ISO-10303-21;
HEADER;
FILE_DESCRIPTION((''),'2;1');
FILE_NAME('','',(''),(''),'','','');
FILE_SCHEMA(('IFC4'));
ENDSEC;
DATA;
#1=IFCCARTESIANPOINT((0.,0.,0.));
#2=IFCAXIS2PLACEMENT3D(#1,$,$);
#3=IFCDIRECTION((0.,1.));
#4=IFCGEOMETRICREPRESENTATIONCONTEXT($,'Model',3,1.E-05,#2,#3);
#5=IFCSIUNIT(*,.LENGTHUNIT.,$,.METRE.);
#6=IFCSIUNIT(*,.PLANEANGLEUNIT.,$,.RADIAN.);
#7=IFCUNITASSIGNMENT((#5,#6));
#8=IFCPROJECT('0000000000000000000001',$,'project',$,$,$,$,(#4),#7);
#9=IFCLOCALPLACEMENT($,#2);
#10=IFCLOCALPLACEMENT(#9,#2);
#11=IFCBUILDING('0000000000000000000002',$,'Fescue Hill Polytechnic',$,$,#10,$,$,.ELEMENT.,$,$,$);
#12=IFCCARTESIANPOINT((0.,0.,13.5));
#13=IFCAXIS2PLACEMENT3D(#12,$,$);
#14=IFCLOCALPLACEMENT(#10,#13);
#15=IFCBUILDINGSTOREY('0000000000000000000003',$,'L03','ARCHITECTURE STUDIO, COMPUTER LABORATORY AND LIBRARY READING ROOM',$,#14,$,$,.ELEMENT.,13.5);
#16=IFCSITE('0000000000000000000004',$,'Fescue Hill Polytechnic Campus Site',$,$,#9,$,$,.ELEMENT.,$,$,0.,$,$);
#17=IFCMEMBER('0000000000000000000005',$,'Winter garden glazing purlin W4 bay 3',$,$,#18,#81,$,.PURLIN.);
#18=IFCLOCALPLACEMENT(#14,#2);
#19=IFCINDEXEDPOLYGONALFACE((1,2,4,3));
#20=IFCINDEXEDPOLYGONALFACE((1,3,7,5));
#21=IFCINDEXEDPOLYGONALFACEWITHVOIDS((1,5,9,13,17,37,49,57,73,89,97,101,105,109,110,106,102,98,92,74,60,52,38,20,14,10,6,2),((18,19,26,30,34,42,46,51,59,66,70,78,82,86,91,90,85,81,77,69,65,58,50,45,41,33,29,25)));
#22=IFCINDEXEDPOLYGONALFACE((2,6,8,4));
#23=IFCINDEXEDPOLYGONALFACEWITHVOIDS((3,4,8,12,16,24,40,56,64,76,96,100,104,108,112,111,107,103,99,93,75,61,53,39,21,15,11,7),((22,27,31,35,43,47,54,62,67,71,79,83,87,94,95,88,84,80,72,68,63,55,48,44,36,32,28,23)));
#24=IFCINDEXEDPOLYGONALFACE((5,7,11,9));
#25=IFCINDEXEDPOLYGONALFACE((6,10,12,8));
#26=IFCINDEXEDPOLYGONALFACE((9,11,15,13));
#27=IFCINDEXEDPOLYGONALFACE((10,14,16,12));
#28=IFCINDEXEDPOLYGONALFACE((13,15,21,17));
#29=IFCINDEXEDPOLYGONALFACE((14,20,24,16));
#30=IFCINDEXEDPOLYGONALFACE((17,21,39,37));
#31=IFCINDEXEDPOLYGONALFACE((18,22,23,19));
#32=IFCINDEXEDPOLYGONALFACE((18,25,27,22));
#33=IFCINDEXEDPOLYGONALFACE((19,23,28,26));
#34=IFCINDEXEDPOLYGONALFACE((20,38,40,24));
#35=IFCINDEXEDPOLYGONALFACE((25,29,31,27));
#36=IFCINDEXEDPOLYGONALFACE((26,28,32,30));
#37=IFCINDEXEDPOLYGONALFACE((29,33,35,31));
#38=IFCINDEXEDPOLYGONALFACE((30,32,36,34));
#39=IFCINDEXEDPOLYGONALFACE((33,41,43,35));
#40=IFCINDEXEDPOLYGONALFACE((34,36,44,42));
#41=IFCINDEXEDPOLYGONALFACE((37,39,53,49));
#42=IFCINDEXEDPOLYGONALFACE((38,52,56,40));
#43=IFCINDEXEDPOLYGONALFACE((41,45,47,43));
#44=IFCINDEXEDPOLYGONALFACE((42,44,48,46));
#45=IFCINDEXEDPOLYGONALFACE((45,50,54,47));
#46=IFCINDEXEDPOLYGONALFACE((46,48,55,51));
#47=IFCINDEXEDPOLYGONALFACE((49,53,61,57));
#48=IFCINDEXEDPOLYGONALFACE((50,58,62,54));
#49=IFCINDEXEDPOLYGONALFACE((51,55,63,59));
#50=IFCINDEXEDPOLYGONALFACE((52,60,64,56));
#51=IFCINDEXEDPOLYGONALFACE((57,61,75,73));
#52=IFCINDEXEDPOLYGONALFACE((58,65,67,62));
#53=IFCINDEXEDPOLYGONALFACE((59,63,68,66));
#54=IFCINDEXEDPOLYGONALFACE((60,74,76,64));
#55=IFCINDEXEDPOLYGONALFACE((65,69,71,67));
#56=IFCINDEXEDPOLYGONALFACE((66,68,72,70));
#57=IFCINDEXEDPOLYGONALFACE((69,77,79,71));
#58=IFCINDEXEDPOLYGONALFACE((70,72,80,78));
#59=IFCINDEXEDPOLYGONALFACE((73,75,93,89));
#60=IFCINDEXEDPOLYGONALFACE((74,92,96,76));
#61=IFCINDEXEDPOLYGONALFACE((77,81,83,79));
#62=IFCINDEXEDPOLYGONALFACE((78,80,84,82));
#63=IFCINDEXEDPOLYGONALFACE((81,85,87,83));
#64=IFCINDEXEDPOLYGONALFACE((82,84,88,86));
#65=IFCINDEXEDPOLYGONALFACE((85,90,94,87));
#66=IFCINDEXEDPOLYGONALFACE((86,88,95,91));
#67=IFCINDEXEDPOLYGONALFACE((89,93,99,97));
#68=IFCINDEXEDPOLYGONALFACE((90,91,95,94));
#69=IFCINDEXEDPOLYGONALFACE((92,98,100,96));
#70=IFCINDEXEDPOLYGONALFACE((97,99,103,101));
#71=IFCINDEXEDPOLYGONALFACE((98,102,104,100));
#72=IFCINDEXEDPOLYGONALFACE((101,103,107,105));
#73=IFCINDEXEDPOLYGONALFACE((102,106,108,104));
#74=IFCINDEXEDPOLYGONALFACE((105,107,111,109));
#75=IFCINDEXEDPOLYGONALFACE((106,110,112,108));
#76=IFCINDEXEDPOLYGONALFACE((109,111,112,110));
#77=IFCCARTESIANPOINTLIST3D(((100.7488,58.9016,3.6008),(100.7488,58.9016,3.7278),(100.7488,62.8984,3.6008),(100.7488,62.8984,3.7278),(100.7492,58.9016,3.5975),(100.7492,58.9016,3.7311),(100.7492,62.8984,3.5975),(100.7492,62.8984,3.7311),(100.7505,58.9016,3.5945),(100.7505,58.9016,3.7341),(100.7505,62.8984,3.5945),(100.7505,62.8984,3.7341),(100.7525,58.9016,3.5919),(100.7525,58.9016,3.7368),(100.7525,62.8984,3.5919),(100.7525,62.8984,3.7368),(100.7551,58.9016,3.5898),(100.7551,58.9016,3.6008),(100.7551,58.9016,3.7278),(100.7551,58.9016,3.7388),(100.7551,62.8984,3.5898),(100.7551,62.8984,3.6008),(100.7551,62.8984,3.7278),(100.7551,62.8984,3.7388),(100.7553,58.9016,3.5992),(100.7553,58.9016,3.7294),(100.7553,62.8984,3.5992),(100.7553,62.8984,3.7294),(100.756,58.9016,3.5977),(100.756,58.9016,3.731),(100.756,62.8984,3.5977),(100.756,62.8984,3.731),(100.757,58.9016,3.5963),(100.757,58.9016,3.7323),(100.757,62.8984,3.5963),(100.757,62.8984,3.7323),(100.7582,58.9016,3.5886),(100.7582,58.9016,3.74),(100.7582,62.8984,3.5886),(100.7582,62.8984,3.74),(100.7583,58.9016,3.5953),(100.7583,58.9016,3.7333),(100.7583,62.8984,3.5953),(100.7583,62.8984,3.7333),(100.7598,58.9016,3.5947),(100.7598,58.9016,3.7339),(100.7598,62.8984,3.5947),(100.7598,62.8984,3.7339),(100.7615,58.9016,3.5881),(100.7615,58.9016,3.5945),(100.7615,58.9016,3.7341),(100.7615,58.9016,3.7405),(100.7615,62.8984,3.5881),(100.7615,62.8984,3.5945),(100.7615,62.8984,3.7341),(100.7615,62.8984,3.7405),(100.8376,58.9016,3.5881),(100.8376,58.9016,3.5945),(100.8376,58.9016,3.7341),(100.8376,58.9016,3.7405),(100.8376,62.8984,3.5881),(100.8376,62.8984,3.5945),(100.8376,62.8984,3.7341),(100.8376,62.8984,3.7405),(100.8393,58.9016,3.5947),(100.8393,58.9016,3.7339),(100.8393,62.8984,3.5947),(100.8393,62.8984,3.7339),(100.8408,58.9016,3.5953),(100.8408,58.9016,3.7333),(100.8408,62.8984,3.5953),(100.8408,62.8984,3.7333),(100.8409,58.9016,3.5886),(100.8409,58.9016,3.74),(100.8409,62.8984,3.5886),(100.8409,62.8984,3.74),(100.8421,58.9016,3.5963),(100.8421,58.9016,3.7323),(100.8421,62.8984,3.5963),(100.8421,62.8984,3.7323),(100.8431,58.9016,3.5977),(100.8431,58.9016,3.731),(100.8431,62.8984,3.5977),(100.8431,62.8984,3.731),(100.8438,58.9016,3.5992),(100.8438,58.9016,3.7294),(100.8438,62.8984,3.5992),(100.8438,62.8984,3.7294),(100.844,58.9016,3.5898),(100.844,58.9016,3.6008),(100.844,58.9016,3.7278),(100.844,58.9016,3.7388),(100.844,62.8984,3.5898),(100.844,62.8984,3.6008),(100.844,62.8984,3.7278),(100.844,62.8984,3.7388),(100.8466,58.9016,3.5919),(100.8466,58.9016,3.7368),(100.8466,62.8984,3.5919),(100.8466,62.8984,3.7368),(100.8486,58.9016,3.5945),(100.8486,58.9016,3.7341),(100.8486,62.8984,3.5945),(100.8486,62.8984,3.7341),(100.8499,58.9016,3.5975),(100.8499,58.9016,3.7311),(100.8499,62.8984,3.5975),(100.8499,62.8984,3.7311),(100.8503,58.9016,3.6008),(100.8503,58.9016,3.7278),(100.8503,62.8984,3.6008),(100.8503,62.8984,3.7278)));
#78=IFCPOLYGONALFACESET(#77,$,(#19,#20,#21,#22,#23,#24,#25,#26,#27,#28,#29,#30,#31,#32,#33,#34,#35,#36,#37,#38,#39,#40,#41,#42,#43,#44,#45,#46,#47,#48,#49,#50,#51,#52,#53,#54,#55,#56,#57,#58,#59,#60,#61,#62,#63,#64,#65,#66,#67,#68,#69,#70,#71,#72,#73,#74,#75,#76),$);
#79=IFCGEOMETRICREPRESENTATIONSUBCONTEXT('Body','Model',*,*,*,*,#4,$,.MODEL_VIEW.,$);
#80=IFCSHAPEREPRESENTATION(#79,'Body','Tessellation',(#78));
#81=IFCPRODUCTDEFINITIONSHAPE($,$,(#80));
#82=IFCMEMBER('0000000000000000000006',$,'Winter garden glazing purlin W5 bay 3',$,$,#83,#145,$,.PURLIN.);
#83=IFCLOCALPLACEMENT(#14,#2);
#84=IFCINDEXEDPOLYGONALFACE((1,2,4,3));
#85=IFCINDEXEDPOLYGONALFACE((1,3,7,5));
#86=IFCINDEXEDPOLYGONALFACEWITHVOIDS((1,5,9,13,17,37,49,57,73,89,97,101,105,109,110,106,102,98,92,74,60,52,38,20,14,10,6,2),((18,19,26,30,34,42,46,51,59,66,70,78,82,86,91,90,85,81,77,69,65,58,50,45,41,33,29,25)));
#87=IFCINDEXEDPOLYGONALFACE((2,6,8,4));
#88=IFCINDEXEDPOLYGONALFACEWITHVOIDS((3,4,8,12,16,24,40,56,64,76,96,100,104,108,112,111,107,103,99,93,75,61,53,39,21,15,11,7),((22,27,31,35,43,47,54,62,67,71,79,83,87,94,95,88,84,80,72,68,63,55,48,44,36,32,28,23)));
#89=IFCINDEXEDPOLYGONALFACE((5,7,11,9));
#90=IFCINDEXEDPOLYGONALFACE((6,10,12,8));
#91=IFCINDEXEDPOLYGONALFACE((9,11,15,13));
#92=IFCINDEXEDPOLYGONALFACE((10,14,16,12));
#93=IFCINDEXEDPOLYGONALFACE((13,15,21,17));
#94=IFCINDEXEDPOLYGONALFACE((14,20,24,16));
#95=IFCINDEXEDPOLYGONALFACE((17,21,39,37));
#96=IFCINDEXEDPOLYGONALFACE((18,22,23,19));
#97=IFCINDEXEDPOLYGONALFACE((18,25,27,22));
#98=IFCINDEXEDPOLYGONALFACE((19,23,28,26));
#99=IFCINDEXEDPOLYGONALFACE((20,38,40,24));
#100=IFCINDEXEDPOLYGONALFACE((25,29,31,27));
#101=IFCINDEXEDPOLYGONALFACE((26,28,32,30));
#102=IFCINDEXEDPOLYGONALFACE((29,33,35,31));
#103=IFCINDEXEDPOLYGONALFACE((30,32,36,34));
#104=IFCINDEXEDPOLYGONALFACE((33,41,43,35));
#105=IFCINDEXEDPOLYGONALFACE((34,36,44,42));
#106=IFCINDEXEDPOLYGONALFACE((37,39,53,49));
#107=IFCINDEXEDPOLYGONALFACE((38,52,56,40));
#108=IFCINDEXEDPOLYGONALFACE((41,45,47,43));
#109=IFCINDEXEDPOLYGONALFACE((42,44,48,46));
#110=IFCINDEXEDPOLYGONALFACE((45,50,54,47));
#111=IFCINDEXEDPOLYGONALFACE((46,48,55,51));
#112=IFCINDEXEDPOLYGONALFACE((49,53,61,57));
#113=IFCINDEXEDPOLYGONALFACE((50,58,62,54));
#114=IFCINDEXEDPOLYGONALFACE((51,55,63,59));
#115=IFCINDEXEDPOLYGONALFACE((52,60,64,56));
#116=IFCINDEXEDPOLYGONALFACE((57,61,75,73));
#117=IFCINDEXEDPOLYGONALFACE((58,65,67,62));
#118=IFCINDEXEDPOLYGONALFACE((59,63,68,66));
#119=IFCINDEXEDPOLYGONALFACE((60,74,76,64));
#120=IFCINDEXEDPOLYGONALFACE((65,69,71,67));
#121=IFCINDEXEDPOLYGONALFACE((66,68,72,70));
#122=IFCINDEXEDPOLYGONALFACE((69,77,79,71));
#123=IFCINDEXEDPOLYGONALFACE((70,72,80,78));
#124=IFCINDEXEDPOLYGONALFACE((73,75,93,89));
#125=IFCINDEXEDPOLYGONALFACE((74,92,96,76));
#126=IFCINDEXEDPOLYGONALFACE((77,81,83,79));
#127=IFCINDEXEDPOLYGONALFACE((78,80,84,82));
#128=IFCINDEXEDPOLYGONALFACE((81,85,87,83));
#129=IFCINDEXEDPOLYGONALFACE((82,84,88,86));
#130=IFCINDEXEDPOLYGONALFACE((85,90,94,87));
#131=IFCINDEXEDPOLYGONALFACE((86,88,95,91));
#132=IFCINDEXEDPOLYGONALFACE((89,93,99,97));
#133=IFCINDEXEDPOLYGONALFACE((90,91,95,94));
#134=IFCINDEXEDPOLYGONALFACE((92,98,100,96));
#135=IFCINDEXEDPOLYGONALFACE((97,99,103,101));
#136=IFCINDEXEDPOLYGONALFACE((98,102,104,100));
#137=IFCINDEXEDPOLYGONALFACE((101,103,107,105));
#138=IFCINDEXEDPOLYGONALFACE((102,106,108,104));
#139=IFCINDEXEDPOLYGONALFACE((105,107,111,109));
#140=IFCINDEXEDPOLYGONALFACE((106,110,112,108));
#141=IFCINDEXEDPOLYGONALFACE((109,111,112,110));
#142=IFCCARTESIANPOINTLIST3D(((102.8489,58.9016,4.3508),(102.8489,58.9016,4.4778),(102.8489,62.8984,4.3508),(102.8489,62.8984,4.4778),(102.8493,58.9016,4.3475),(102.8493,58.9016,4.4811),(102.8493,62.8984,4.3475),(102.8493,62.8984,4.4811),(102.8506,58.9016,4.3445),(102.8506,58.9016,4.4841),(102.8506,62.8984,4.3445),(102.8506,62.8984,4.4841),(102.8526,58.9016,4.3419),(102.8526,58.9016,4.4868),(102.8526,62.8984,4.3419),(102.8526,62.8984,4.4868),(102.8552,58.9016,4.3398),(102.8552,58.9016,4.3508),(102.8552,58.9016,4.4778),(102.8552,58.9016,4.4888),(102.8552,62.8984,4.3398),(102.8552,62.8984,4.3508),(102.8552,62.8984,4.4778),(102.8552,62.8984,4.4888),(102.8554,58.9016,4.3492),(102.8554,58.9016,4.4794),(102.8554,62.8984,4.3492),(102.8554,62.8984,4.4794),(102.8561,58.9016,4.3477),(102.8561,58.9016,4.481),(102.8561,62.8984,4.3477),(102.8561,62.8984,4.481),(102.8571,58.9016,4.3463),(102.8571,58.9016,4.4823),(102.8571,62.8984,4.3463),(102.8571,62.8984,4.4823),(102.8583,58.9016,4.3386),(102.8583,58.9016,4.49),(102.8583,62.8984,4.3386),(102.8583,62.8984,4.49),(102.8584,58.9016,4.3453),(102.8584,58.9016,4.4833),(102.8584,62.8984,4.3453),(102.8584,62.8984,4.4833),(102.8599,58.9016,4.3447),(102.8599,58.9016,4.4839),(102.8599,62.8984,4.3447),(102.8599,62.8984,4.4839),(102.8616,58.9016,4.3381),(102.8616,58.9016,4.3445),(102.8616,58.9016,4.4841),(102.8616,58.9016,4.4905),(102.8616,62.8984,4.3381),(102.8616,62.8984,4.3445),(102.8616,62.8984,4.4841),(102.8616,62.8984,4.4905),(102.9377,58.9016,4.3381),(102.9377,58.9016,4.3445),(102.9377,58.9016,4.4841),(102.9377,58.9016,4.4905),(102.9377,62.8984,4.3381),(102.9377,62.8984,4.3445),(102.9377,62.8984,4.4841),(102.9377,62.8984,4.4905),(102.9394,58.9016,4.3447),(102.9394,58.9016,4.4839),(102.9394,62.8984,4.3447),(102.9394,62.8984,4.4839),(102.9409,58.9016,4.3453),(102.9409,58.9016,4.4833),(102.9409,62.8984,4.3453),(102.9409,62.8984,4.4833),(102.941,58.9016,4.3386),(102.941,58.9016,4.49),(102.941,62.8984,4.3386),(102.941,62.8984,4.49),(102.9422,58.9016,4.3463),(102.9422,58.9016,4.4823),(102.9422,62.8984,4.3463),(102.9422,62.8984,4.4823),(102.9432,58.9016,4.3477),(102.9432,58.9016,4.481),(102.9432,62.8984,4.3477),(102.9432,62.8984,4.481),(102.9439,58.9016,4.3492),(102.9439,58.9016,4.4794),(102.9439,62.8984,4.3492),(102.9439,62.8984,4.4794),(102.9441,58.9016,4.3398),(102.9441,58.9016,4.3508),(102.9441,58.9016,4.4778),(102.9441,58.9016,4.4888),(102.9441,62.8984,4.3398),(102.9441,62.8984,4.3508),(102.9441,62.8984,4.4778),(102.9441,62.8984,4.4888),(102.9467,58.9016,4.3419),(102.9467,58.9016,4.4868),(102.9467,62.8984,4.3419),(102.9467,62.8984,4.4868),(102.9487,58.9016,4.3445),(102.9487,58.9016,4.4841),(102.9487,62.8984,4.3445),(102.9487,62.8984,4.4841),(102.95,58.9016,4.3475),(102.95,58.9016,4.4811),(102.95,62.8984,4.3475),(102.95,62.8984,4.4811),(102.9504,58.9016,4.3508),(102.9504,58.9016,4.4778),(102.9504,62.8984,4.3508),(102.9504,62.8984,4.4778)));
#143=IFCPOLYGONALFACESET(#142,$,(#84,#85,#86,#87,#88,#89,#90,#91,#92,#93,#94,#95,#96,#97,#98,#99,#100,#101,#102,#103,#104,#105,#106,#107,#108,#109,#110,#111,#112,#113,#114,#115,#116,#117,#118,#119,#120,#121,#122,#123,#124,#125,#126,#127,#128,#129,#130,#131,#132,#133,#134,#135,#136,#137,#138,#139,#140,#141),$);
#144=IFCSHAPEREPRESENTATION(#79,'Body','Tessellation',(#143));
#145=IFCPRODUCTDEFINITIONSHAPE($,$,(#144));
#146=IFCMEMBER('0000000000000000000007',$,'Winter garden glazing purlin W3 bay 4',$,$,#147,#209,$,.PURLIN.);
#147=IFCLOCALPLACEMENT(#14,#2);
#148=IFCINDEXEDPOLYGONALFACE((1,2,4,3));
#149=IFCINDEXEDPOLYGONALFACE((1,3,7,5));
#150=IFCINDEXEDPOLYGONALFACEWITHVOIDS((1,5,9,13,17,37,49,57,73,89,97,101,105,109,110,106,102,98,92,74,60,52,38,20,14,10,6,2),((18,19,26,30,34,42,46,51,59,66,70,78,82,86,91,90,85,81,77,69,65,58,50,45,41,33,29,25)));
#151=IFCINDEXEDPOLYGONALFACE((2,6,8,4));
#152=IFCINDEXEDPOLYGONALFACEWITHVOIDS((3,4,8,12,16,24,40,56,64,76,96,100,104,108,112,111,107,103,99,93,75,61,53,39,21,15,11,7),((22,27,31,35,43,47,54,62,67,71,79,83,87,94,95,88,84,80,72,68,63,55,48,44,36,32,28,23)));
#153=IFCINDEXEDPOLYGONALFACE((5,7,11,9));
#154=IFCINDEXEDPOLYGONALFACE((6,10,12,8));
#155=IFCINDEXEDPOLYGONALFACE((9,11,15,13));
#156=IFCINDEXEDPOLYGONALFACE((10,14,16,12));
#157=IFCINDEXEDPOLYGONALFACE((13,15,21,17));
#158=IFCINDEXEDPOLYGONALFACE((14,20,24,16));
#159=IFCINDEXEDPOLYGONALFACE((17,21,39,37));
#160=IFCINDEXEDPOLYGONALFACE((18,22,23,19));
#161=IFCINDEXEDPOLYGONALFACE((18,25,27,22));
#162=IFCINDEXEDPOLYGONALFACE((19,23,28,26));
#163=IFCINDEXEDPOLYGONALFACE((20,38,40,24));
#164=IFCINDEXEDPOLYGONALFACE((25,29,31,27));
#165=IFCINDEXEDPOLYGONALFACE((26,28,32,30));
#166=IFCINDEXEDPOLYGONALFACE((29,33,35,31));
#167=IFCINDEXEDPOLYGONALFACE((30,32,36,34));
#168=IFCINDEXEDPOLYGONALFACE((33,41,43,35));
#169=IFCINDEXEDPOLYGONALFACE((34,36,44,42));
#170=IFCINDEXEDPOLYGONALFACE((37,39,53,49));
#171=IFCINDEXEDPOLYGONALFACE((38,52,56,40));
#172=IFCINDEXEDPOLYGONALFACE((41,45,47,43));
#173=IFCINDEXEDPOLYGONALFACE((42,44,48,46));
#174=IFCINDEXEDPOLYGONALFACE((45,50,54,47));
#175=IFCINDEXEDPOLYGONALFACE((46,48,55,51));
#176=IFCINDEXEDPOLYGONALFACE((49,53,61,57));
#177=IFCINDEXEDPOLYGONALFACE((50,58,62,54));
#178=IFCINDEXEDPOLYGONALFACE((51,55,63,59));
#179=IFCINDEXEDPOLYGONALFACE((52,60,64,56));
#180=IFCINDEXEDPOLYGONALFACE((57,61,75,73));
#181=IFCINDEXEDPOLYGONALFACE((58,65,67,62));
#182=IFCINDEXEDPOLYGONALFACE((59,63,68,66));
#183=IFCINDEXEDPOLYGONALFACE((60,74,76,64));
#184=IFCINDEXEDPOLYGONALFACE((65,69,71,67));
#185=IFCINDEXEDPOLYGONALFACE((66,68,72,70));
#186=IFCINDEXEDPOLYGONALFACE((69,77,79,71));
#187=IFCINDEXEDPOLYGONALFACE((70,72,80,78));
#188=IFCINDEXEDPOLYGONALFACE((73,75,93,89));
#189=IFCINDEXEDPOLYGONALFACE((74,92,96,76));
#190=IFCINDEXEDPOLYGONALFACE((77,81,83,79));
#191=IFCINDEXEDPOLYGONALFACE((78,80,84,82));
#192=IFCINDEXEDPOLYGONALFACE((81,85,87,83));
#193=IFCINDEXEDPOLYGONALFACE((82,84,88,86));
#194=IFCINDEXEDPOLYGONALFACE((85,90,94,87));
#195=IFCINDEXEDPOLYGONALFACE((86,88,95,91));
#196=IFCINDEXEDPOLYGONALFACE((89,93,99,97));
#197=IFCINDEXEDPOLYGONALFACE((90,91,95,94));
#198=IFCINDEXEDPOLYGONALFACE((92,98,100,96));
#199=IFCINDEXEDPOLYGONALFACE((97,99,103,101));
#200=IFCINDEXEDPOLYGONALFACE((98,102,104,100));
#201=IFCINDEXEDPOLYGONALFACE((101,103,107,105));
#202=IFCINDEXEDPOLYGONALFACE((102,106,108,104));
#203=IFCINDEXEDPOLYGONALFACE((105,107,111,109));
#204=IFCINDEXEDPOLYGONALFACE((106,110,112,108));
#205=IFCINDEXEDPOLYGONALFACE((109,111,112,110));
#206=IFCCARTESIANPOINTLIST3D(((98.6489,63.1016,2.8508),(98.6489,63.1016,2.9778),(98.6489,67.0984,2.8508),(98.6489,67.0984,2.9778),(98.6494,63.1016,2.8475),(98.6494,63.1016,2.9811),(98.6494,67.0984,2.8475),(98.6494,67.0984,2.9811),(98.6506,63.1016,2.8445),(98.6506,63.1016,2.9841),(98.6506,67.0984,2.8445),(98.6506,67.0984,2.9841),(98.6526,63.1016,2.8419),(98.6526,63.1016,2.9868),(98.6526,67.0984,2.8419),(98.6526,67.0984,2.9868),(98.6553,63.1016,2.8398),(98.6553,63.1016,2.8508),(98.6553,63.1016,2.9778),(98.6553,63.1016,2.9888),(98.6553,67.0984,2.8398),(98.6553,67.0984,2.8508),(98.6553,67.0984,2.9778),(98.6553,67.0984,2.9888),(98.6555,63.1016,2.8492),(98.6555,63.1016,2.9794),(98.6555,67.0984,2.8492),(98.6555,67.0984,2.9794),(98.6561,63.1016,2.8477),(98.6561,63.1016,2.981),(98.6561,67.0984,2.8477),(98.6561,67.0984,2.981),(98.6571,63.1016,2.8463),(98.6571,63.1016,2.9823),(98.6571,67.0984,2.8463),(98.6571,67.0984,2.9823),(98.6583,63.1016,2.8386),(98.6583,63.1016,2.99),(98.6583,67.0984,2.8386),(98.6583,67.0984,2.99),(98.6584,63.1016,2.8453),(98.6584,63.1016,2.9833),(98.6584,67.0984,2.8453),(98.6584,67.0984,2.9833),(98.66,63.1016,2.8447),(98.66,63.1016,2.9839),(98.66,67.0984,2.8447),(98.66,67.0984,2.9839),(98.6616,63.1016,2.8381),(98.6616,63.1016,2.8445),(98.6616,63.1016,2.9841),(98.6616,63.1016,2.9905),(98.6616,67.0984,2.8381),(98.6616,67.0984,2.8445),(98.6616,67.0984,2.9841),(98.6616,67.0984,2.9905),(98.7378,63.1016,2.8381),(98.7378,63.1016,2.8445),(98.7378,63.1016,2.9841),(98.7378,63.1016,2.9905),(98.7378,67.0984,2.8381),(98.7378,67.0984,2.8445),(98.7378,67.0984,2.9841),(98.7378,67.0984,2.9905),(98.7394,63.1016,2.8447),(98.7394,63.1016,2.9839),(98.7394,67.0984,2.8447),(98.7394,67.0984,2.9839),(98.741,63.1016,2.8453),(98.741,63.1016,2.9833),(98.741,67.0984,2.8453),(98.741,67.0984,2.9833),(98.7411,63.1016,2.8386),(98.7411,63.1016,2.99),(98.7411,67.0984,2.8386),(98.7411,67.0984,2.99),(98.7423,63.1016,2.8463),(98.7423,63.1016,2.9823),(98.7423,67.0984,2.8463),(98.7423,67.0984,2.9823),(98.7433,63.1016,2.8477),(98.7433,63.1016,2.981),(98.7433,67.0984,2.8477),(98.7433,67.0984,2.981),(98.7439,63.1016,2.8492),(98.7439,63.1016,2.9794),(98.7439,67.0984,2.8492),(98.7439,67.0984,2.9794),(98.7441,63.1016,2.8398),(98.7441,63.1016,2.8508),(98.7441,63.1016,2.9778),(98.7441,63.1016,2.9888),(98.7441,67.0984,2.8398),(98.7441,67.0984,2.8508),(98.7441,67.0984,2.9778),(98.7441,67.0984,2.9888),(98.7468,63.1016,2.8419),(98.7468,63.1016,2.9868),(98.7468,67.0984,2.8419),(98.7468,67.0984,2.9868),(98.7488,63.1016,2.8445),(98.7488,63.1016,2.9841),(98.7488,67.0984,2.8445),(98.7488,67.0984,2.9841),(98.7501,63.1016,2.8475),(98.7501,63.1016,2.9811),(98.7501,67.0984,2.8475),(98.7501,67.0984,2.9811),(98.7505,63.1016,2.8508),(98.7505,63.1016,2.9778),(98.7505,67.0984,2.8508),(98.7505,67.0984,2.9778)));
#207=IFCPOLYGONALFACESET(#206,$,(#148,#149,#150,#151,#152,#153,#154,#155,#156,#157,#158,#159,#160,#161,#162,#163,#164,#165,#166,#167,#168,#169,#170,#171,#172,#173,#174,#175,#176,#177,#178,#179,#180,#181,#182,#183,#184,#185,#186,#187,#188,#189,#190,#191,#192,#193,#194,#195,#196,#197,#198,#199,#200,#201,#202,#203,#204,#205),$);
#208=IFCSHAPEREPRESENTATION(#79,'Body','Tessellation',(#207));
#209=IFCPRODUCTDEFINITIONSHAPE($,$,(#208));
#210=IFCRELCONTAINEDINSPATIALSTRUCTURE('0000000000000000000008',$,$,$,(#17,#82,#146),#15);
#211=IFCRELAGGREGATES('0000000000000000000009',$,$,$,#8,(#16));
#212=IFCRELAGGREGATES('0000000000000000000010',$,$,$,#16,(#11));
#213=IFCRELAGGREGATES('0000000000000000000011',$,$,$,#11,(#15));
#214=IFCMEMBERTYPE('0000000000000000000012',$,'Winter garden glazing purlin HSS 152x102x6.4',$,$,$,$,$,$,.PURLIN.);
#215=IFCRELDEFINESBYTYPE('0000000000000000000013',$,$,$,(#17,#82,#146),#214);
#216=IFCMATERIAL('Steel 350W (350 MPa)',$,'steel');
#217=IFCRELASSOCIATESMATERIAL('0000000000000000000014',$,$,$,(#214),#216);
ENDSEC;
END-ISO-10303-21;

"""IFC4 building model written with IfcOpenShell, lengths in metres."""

from ifc_helpers import new_model, si_unit, direction, frame, origin, origin_2d, place, context, subcontext, project, spatial, hollow_rectangle, extrude, material, material_profile, profile_set, type_object, element, save


model = new_model("IFC4")

# Units and contexts
model_context = context("Model", 3, precision=1e-05, world=origin(), true_north=direction((0.0, 1.0)))
body_context = subcontext(model_context, "Body", "Model", "MODEL_VIEW")
ifc_project = project(units=[si_unit("LENGTHUNIT", "METRE"), si_unit("PLANEANGLEUNIT", "RADIAN")], contexts=[model_context])

# Site, building, storey
site_placement = place(None, origin())
site = spatial("IfcSite", under=ifc_project, at=site_placement, Name="Fescue Hill Polytechnic Campus Site", CompositionType="ELEMENT", RefElevation=0.0)
building_placement = place(site_placement, origin())
building = spatial("IfcBuilding", under=site, at=building_placement, Name="Fescue Hill Polytechnic", CompositionType="ELEMENT")
storey_placement = place(building_placement, frame((0.0, 0.0, 13.5)))
storey = spatial("IfcBuildingStorey", under=building, at=storey_placement, Name="L03", Description="ARCHITECTURE STUDIO, COMPUTER LABORATORY AND LIBRARY READING ROOM", CompositionType="ELEMENT", Elevation=13.5)

# Members
ifc_material_1 = material(Name="Steel 350W (350 MPa)", Category="steel")
ifc_material_profile_1 = material_profile(ifc_material_1, hollow_rectangle(XDim=0.1016, YDim=0.1523, WallThickness=0.0063, InnerFilletRadius=0.0063, OuterFilletRadius=0.0127, at=origin_2d()), Name="Winter garden glazing purlin HSS 152x102x6.4")
ifc_profile_set_1 = profile_set([ifc_material_profile_1], Name="Steel 350W (350 MPa)")
member_type_1 = type_object("IfcMemberType", Name="Winter garden glazing purlin HSS 152x102x6.4", PredefinedType="PURLIN", material=ifc_profile_set_1)
for number, where, z_axis, x_axis, name in (
    (1, (100.7996, 58.9016, 3.6643), (0.0, 1.0, 0.0), (-1.0, 0.0, 0.0), "Winter garden glazing purlin W4 bay 3"),
    (2, (102.8997, 58.9016, 4.4143), (0.0, 1.0, 0.0), (-1.0, 0.0, 0.0), "Winter garden glazing purlin W5 bay 3"),
    (3, (98.6997, 63.1016, 2.9143), (0.0, 1.0, 0.0), (-1.0, 0.0, 0.0), "Winter garden glazing purlin W3 bay 4"),
):
    element("IfcMember", number, at=place(storey_placement, frame(where, z_axis=z_axis, x_axis=x_axis)), inside=storey, type_object=member_type_1, Name=name, PredefinedType="PURLIN", context=body_context, shape_type="SweptSolid", body=[
        extrude(hollow_rectangle(XDim=0.1016, YDim=0.1523, WallThickness=0.0063, InnerFilletRadius=0.0063, OuterFilletRadius=0.0127, at=origin_2d()), origin(), (0.0, 0.0, 1.0), 3.9968),
    ])

save(model, "model.ifc")
